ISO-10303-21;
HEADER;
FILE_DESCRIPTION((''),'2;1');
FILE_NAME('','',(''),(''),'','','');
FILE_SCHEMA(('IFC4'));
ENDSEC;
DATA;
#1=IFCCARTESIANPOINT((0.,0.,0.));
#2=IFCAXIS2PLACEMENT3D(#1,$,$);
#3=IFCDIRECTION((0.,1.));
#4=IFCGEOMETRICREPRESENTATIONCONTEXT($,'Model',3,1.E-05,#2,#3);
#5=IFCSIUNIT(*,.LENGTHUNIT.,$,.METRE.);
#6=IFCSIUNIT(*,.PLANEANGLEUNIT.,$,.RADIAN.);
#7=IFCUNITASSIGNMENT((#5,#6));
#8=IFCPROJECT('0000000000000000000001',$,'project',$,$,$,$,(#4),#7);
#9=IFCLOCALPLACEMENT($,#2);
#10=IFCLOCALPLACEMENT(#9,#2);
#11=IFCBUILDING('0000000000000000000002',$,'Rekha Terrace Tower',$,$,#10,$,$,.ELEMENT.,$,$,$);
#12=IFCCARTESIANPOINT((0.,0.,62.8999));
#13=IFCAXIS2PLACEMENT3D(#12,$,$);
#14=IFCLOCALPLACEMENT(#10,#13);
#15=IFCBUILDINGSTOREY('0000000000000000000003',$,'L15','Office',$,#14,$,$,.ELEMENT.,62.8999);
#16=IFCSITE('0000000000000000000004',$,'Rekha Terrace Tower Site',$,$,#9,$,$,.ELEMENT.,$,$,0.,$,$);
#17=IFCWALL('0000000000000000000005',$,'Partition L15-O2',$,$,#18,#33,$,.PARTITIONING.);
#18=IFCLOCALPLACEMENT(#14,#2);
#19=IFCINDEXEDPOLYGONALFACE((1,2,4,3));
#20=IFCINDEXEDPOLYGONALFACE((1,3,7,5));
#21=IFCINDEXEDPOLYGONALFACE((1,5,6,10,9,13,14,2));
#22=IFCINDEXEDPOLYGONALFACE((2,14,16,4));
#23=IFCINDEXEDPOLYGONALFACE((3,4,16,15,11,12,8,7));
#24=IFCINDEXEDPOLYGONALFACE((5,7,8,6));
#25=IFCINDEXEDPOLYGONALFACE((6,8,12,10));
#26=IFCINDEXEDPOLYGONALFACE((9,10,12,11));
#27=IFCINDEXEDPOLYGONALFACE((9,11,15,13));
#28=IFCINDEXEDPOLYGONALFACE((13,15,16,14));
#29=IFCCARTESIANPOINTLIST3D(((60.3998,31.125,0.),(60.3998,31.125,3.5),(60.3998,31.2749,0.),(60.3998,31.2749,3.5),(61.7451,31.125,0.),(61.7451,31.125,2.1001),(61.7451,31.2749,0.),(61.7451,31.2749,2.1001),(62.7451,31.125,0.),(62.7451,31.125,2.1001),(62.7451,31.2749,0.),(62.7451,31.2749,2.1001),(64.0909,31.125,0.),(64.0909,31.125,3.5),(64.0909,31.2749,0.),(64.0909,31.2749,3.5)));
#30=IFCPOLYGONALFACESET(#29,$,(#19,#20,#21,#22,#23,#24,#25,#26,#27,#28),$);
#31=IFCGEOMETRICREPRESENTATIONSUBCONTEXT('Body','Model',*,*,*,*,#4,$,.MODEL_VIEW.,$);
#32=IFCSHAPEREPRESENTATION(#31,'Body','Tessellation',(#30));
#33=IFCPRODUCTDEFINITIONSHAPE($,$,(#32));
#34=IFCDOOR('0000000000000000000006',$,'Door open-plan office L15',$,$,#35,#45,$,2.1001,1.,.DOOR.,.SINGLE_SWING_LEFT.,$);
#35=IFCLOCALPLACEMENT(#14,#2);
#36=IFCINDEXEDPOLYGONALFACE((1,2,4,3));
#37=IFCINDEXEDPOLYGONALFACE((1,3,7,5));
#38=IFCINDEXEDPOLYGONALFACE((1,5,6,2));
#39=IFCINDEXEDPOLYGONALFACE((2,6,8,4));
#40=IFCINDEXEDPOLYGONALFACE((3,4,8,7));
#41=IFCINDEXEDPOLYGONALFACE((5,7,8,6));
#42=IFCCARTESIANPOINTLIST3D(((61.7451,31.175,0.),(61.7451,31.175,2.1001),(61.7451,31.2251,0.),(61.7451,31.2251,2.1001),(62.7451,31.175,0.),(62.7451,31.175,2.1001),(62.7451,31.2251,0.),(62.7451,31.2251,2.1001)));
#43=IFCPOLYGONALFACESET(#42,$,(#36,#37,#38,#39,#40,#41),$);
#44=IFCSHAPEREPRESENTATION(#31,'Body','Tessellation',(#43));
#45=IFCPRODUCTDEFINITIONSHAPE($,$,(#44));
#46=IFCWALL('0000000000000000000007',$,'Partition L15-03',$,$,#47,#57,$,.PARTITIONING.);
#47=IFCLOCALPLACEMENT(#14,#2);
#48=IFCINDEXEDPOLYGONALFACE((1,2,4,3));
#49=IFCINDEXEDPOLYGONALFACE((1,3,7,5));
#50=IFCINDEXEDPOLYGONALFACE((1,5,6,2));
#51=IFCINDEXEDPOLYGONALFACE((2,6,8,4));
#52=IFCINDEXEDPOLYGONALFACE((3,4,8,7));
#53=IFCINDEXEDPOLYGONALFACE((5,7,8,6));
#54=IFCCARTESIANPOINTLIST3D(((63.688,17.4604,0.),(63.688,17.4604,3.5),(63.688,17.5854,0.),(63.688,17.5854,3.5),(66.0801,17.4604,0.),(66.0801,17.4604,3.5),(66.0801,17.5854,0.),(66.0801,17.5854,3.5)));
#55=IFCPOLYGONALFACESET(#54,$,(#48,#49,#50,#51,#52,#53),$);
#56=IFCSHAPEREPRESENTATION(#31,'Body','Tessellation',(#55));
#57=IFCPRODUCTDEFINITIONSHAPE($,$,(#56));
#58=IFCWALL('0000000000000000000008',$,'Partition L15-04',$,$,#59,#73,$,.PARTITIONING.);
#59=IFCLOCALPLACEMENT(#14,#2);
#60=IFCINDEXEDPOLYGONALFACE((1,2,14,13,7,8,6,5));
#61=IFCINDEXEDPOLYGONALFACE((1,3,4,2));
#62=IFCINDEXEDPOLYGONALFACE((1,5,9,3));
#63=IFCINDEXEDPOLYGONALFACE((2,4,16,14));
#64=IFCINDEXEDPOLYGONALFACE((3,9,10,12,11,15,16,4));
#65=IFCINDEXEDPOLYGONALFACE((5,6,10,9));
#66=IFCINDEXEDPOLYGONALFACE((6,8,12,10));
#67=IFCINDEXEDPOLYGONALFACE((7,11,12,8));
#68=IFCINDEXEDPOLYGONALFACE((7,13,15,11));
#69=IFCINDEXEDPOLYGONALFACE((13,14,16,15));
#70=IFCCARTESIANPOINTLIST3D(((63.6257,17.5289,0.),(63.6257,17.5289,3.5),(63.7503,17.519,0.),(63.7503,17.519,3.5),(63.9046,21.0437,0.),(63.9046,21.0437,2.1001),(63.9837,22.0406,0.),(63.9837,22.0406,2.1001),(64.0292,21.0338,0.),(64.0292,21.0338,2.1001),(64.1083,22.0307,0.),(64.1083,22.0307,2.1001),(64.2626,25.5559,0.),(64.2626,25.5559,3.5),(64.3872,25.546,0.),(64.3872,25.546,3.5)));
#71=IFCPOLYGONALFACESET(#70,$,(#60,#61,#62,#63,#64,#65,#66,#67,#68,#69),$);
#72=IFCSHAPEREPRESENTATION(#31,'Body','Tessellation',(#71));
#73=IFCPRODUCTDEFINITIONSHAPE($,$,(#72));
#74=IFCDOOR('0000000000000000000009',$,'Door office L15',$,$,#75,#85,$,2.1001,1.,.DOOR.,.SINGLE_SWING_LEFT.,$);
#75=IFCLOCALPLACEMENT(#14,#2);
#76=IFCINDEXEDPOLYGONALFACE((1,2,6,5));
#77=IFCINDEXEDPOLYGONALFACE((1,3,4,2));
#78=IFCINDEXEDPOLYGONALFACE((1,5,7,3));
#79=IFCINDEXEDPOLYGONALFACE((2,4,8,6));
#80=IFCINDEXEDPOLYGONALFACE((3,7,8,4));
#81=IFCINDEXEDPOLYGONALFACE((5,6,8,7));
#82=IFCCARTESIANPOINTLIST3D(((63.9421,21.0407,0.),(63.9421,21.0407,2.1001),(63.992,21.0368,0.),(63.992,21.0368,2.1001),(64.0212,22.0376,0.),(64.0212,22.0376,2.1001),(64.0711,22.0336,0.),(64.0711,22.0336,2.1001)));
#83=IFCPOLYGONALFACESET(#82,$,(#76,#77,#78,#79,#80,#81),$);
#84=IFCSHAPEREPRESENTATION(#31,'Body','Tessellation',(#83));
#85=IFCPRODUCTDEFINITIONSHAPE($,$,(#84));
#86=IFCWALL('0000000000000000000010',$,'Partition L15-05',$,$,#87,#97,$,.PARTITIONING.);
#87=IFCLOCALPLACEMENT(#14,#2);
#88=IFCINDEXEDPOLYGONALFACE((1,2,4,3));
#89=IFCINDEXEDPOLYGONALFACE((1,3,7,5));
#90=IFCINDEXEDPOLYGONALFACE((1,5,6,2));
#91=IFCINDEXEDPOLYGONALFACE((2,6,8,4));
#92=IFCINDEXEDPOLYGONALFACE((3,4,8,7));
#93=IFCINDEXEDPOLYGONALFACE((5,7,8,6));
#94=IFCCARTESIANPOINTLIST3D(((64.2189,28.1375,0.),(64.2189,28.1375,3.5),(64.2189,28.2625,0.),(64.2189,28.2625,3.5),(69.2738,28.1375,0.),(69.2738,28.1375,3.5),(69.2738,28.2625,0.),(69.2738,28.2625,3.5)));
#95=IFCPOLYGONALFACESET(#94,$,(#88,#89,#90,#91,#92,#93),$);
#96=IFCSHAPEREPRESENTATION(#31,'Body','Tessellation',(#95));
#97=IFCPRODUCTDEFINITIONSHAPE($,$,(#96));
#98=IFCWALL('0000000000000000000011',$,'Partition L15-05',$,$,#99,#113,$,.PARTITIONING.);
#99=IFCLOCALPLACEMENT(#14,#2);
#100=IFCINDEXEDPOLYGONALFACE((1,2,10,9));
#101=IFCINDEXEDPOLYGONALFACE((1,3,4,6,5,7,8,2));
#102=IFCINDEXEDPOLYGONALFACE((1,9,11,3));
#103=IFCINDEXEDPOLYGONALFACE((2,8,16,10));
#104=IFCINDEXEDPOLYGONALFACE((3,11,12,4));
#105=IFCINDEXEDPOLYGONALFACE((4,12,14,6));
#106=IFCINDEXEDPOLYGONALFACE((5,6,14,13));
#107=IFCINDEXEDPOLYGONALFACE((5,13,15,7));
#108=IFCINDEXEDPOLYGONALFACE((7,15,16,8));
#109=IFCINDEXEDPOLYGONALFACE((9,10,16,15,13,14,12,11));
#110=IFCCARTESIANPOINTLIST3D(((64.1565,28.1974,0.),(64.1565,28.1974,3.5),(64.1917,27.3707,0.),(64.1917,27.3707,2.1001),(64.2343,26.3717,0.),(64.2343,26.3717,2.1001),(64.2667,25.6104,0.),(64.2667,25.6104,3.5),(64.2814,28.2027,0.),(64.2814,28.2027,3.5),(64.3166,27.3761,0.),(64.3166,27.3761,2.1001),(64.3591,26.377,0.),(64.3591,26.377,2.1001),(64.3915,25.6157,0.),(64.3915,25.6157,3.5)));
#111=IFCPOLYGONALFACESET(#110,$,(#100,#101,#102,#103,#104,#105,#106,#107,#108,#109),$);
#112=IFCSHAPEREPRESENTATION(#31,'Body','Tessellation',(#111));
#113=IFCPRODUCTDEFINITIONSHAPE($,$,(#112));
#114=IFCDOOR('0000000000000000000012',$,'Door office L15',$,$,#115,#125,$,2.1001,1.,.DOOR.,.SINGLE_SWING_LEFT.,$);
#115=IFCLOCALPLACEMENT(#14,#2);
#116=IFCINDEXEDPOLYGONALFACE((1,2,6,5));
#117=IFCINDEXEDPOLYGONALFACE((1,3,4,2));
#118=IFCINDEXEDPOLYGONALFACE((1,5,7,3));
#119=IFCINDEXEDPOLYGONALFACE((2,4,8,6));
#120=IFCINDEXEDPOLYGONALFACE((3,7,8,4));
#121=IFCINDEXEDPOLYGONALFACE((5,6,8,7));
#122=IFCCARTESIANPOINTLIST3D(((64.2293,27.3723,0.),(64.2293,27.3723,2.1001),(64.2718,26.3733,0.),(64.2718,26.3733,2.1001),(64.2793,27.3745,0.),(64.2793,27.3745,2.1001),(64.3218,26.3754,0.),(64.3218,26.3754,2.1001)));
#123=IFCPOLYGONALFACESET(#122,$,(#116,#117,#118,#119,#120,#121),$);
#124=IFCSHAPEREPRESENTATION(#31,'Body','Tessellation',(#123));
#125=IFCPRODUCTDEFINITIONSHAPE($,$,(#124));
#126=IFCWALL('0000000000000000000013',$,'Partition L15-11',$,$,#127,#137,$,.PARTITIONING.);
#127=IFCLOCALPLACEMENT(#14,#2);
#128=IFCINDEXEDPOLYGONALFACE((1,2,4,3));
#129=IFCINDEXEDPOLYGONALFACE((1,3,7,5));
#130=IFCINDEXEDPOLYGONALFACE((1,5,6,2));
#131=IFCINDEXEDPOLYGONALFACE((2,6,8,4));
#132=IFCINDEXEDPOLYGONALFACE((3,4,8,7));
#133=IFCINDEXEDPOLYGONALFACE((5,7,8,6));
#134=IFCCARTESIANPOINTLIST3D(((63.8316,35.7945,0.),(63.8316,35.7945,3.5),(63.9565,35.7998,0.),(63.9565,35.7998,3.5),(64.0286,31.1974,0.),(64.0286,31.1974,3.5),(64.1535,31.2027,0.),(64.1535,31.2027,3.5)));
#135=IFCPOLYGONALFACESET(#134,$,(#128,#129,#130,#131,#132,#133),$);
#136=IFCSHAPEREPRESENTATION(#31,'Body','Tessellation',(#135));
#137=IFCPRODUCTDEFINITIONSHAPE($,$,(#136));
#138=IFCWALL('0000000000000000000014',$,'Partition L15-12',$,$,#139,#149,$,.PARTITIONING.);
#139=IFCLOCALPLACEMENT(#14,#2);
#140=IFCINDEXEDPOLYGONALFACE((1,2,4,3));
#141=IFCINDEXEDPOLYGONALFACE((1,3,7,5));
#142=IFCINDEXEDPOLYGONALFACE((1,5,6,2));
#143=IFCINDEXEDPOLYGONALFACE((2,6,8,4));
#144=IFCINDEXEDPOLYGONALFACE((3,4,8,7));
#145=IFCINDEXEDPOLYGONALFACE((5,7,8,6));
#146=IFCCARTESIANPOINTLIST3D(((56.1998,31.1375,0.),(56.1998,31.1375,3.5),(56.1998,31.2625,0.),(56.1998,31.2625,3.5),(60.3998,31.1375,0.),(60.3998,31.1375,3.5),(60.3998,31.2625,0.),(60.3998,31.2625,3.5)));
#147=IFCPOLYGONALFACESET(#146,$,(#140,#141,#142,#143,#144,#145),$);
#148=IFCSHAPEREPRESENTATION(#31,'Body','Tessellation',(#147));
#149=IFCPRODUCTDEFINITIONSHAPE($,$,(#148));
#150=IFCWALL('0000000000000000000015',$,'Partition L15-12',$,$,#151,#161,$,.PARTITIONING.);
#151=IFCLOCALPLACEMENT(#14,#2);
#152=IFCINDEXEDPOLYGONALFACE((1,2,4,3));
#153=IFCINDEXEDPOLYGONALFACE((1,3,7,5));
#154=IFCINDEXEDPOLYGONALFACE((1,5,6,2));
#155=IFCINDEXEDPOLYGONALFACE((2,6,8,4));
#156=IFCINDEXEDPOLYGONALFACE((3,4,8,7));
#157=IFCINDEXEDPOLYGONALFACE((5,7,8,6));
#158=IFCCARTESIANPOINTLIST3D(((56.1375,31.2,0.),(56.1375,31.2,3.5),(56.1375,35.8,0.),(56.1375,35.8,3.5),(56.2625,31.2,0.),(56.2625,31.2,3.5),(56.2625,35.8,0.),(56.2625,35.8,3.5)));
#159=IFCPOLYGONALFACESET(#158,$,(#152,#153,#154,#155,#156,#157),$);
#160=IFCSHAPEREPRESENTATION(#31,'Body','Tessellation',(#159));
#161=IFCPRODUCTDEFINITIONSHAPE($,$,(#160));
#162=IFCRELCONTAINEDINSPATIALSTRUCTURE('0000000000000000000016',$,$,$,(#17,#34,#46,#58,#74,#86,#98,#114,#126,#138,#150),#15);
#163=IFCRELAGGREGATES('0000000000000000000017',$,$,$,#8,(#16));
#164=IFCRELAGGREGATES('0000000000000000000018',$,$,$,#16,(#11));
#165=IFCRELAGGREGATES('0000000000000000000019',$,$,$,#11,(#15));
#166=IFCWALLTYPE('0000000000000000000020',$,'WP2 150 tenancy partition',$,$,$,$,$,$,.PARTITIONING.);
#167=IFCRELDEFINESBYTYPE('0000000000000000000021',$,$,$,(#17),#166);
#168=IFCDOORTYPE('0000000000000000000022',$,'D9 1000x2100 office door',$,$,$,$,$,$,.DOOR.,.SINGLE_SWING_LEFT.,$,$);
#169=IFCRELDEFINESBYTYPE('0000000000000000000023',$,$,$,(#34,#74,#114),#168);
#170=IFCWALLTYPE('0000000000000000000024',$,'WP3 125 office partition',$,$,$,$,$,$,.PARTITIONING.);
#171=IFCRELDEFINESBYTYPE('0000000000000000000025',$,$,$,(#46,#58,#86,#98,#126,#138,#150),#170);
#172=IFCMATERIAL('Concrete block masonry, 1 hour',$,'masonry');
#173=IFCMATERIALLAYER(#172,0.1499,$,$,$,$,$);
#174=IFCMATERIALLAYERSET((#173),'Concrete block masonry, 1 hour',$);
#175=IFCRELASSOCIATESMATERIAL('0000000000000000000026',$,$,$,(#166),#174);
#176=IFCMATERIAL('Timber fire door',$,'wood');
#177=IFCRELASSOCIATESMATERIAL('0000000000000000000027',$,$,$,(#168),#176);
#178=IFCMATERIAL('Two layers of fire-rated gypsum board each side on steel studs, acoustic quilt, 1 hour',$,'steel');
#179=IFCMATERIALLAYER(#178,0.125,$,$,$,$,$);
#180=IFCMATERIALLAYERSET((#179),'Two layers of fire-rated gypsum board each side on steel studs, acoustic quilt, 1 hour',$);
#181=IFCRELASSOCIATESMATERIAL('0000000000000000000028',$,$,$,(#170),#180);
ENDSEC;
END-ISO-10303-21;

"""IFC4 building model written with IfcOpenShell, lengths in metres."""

from ifc_helpers import new_model, si_unit, direction, frame, frame_2d, origin, place, context, subcontext, project, spatial, rectangle, extrude, material, layer, layer_set, type_object, element, fill, save


model = new_model("IFC4")

# Units and contexts
model_context = context("Model", 3, precision=1e-05, world=origin(), true_north=direction((0.0, 1.0)))
body_context = subcontext(model_context, "Body", "Model", "MODEL_VIEW")
ifc_project = project(units=[si_unit("LENGTHUNIT", "METRE"), si_unit("PLANEANGLEUNIT", "RADIAN")], contexts=[model_context])

# Site, building, storey
site_placement = place(None, origin())
site = spatial("IfcSite", under=ifc_project, at=site_placement, Name="Rekha Terrace Tower Site", CompositionType="ELEMENT", RefElevation=0.0)
building_placement = place(site_placement, origin())
building = spatial("IfcBuilding", under=site, at=building_placement, Name="Rekha Terrace Tower", CompositionType="ELEMENT")
storey_placement = place(building_placement, frame((0.0, 0.0, 62.8999)))
storey = spatial("IfcBuildingStorey", under=building, at=storey_placement, Name="L15", Description="Office", CompositionType="ELEMENT", Elevation=62.8999)

# Shared definitions
ifc_material_1 = material(Name="Concrete block masonry, 1 hour", Category="masonry")
ifc_layer_1 = layer(ifc_material_1, 0.1499)
ifc_layer_set_1 = layer_set([ifc_layer_1], Name="Concrete block masonry, 1 hour")
wall_type_1 = type_object("IfcWallType", Name="WP2 150 tenancy partition", PredefinedType="PARTITIONING", material=ifc_layer_set_1)

# Wall, opening, door
wall_1_placement = place(storey_placement, frame((64.0911, 31.2, 0.0), z_axis=(0.0, 0.0, 1.0), x_axis=(-1.0, 0.0, 0.0)))
wall_1 = element("IfcWall", 1, at=wall_1_placement, inside=storey, type_object=wall_type_1, Name="Partition L15-O2", PredefinedType="PARTITIONING", context=body_context, shape_type="SweptSolid", body=[
    extrude(rectangle(XDim=3.6912, YDim=0.1499, at=frame_2d((1.8457, 0.0))), origin(), (0.0, 0.0, 1.0), 3.5),
])
opening_1_placement = place(wall_1_placement, frame((1.3459, 0.0, 0.0)))
opening_1 = element("IfcOpeningElement", 2, at=opening_1_placement, cuts=wall_1, PredefinedType="OPENING", context=body_context, shape_type="SweptSolid", body=[
    extrude(rectangle(XDim=1.0, YDim=2.1001, at=frame_2d((0.5, 1.05))), frame((0.0, 0.085, 0.0), z_axis=(0.0, -1.0, 0.0), x_axis=(1.0, 0.0, 0.0)), (0.0, 0.0, 1.0), 0.1699),
])
ifc_material_2 = material(Name="Timber fire door", Category="wood")
door_type_1 = type_object("IfcDoorType", Name="D9 1000x2100 office door", OperationType="SINGLE_SWING_LEFT", PredefinedType="DOOR", material=ifc_material_2)
door_1_placement = place(opening_1_placement, origin())
door_1 = element("IfcDoor", 3, at=door_1_placement, inside=storey, type_object=door_type_1, Name="Door open-plan office L15", OperationType="SINGLE_SWING_LEFT", OverallHeight=2.1001, OverallWidth=1.0, PredefinedType="DOOR", context=body_context, shape_type="SweptSolid", body=[
    extrude(rectangle(XDim=1.0, YDim=2.1001, at=frame_2d((0.5, 1.05))), frame((0.0, 0.0249, 0.0), z_axis=(0.0, -1.0, 0.0), x_axis=(1.0, 0.0, 0.0)), (0.0, 0.0, 1.0), 0.05),
])
fill(opening_1, door_1)

# Wall
ifc_material_3 = material(Name="Two layers of fire-rated gypsum board each side on steel studs, acoustic quilt, 1 hour", Category="steel")
ifc_layer_2 = layer(ifc_material_3, 0.125)
ifc_layer_set_2 = layer_set([ifc_layer_2], Name="Two layers of fire-rated gypsum board each side on steel studs, acoustic quilt, 1 hour")
wall_type_2 = type_object("IfcWallType", Name="WP3 125 office partition", PredefinedType="PARTITIONING", material=ifc_layer_set_2)
wall_2_placement = place(storey_placement, frame((63.688, 17.5229, 0.0), z_axis=(0.0, 0.0, 1.0), x_axis=(1.0, 0.0, 0.0)))
element("IfcWall", 4, at=wall_2_placement, inside=storey, type_object=wall_type_2, Name="Partition L15-03", PredefinedType="PARTITIONING", context=body_context, shape_type="SweptSolid", body=[
    extrude(rectangle(XDim=2.3921, YDim=0.125, at=frame_2d((1.196, 0.0))), origin(), (0.0, 0.0, 1.0), 3.5),
])

# Wall, opening, door
wall_3_placement = place(storey_placement, frame((63.688, 17.5239, 0.0), z_axis=(0.0, 0.0, 1.0), x_axis=(0.079103, 0.996866, 0.0)))
wall_3 = element("IfcWall", 5, at=wall_3_placement, inside=storey, type_object=wall_type_2, Name="Partition L15-04", PredefinedType="PARTITIONING", context=body_context, shape_type="SweptSolid", body=[
    extrude(rectangle(XDim=8.0522, YDim=0.125, at=frame_2d((4.0261, 0.0))), origin(), (0.0, 0.0, 1.0), 3.5),
])
opening_2_placement = place(wall_3_placement, frame((3.5259, 0.0, 0.0)))
opening_2 = element("IfcOpeningElement", 6, at=opening_2_placement, cuts=wall_3, PredefinedType="OPENING", context=body_context, shape_type="SweptSolid", body=[
    extrude(rectangle(XDim=1.0, YDim=2.1001, at=frame_2d((0.5, 1.05))), frame((0.0, 0.0725, 0.0), z_axis=(0.0, -1.0, 0.0), x_axis=(1.0, 0.0, 0.0)), (0.0, 0.0, 1.0), 0.145),
])
door_2_placement = place(opening_2_placement, origin())
door_2 = element("IfcDoor", 7, at=door_2_placement, inside=storey, type_object=door_type_1, Name="Door office L15", OperationType="SINGLE_SWING_LEFT", OverallHeight=2.1001, OverallWidth=1.0, PredefinedType="DOOR", context=body_context, shape_type="SweptSolid", body=[
    extrude(rectangle(XDim=1.0, YDim=2.1001, at=frame_2d((0.5, 1.05))), frame((0.0, 0.0249, 0.0), z_axis=(0.0, -1.0, 0.0), x_axis=(1.0, 0.0, 0.0)), (0.0, 0.0, 1.0), 0.05),
])
fill(opening_2, door_2)

# Wall
wall_4_placement = place(storey_placement, frame((64.219, 28.2, 0.0), z_axis=(0.0, 0.0, 1.0), x_axis=(1.0, 0.0, 0.0)))
element("IfcWall", 8, at=wall_4_placement, inside=storey, type_object=wall_type_2, Name="Partition L15-05", PredefinedType="PARTITIONING", context=body_context, shape_type="SweptSolid", body=[
    extrude(rectangle(XDim=5.0549, YDim=0.125, at=frame_2d((2.5273, 0.0))), origin(), (0.0, 0.0, 1.0), 3.5),
])

# Wall, opening, door
wall_5_placement = place(storey_placement, frame((64.3291, 25.613, 0.0), z_axis=(0.0, 0.0, 1.0), x_axis=(-0.042525, 0.999095, 0.0)))
wall_5 = element("IfcWall", 9, at=wall_5_placement, inside=storey, type_object=wall_type_2, Name="Partition L15-05", PredefinedType="PARTITIONING", context=body_context, shape_type="SweptSolid", body=[
    extrude(rectangle(XDim=2.5894, YDim=0.125, at=frame_2d((1.2947, 0.0))), origin(), (0.0, 0.0, 1.0), 3.5),
])
opening_3_placement = place(wall_5_placement, frame((0.762, 0.0, 0.0)))
opening_3 = element("IfcOpeningElement", 10, at=opening_3_placement, cuts=wall_5, PredefinedType="OPENING", context=body_context, shape_type="SweptSolid", body=[
    extrude(rectangle(XDim=1.0, YDim=2.1001, at=frame_2d((0.5, 1.05))), frame((0.0, 0.0725, 0.0), z_axis=(0.0, -1.0, 0.0), x_axis=(1.0, 0.0, 0.0)), (0.0, 0.0, 1.0), 0.145),
])
door_3_placement = place(opening_3_placement, origin())
door_3 = element("IfcDoor", 11, at=door_3_placement, inside=storey, type_object=door_type_1, Name="Door office L15", OperationType="SINGLE_SWING_LEFT", OverallHeight=2.1001, OverallWidth=1.0, PredefinedType="DOOR", context=body_context, shape_type="SweptSolid", body=[
    extrude(rectangle(XDim=1.0, YDim=2.1001, at=frame_2d((0.5, 1.05))), frame((0.0, 0.0249, 0.0), z_axis=(0.0, -1.0, 0.0), x_axis=(1.0, 0.0, 0.0)), (0.0, 0.0, 1.0), 0.05),
])
fill(opening_3, door_3)

# Walls
wall_6_placement = place(storey_placement, frame((64.0911, 31.2, 0.0), z_axis=(0.0, 0.0, 1.0), x_axis=(-0.042818, 0.999083, 0.0)))
element("IfcWall", 12, at=wall_6_placement, inside=storey, type_object=wall_type_2, Name="Partition L15-11", PredefinedType="PARTITIONING", context=body_context, shape_type="SweptSolid", body=[
    extrude(rectangle(XDim=4.6013, YDim=0.125, at=frame_2d((2.3008, 0.0))), origin(), (0.0, 0.0, 1.0), 3.5),
])
wall_7_placement = place(storey_placement, frame((60.3999, 31.2, 0.0), z_axis=(0.0, 0.0, 1.0), x_axis=(-1.0, 0.0, 0.0)))
element("IfcWall", 13, at=wall_7_placement, inside=storey, type_object=wall_type_2, Name="Partition L15-12", PredefinedType="PARTITIONING", context=body_context, shape_type="SweptSolid", body=[
    extrude(rectangle(XDim=4.2, YDim=0.125, at=frame_2d((2.1001, 0.0))), origin(), (0.0, 0.0, 1.0), 3.5),
])
wall_8_placement = place(storey_placement, frame((56.2, 31.2, 0.0), z_axis=(0.0, 0.0, 1.0), x_axis=(0.0, 1.0, 0.0)))
element("IfcWall", 14, at=wall_8_placement, inside=storey, type_object=wall_type_2, Name="Partition L15-12", PredefinedType="PARTITIONING", context=body_context, shape_type="SweptSolid", body=[
    extrude(rectangle(XDim=4.6001, YDim=0.125, at=frame_2d((2.3, 0.0))), origin(), (0.0, 0.0, 1.0), 3.5),
])

save(model, "model.ifc")
